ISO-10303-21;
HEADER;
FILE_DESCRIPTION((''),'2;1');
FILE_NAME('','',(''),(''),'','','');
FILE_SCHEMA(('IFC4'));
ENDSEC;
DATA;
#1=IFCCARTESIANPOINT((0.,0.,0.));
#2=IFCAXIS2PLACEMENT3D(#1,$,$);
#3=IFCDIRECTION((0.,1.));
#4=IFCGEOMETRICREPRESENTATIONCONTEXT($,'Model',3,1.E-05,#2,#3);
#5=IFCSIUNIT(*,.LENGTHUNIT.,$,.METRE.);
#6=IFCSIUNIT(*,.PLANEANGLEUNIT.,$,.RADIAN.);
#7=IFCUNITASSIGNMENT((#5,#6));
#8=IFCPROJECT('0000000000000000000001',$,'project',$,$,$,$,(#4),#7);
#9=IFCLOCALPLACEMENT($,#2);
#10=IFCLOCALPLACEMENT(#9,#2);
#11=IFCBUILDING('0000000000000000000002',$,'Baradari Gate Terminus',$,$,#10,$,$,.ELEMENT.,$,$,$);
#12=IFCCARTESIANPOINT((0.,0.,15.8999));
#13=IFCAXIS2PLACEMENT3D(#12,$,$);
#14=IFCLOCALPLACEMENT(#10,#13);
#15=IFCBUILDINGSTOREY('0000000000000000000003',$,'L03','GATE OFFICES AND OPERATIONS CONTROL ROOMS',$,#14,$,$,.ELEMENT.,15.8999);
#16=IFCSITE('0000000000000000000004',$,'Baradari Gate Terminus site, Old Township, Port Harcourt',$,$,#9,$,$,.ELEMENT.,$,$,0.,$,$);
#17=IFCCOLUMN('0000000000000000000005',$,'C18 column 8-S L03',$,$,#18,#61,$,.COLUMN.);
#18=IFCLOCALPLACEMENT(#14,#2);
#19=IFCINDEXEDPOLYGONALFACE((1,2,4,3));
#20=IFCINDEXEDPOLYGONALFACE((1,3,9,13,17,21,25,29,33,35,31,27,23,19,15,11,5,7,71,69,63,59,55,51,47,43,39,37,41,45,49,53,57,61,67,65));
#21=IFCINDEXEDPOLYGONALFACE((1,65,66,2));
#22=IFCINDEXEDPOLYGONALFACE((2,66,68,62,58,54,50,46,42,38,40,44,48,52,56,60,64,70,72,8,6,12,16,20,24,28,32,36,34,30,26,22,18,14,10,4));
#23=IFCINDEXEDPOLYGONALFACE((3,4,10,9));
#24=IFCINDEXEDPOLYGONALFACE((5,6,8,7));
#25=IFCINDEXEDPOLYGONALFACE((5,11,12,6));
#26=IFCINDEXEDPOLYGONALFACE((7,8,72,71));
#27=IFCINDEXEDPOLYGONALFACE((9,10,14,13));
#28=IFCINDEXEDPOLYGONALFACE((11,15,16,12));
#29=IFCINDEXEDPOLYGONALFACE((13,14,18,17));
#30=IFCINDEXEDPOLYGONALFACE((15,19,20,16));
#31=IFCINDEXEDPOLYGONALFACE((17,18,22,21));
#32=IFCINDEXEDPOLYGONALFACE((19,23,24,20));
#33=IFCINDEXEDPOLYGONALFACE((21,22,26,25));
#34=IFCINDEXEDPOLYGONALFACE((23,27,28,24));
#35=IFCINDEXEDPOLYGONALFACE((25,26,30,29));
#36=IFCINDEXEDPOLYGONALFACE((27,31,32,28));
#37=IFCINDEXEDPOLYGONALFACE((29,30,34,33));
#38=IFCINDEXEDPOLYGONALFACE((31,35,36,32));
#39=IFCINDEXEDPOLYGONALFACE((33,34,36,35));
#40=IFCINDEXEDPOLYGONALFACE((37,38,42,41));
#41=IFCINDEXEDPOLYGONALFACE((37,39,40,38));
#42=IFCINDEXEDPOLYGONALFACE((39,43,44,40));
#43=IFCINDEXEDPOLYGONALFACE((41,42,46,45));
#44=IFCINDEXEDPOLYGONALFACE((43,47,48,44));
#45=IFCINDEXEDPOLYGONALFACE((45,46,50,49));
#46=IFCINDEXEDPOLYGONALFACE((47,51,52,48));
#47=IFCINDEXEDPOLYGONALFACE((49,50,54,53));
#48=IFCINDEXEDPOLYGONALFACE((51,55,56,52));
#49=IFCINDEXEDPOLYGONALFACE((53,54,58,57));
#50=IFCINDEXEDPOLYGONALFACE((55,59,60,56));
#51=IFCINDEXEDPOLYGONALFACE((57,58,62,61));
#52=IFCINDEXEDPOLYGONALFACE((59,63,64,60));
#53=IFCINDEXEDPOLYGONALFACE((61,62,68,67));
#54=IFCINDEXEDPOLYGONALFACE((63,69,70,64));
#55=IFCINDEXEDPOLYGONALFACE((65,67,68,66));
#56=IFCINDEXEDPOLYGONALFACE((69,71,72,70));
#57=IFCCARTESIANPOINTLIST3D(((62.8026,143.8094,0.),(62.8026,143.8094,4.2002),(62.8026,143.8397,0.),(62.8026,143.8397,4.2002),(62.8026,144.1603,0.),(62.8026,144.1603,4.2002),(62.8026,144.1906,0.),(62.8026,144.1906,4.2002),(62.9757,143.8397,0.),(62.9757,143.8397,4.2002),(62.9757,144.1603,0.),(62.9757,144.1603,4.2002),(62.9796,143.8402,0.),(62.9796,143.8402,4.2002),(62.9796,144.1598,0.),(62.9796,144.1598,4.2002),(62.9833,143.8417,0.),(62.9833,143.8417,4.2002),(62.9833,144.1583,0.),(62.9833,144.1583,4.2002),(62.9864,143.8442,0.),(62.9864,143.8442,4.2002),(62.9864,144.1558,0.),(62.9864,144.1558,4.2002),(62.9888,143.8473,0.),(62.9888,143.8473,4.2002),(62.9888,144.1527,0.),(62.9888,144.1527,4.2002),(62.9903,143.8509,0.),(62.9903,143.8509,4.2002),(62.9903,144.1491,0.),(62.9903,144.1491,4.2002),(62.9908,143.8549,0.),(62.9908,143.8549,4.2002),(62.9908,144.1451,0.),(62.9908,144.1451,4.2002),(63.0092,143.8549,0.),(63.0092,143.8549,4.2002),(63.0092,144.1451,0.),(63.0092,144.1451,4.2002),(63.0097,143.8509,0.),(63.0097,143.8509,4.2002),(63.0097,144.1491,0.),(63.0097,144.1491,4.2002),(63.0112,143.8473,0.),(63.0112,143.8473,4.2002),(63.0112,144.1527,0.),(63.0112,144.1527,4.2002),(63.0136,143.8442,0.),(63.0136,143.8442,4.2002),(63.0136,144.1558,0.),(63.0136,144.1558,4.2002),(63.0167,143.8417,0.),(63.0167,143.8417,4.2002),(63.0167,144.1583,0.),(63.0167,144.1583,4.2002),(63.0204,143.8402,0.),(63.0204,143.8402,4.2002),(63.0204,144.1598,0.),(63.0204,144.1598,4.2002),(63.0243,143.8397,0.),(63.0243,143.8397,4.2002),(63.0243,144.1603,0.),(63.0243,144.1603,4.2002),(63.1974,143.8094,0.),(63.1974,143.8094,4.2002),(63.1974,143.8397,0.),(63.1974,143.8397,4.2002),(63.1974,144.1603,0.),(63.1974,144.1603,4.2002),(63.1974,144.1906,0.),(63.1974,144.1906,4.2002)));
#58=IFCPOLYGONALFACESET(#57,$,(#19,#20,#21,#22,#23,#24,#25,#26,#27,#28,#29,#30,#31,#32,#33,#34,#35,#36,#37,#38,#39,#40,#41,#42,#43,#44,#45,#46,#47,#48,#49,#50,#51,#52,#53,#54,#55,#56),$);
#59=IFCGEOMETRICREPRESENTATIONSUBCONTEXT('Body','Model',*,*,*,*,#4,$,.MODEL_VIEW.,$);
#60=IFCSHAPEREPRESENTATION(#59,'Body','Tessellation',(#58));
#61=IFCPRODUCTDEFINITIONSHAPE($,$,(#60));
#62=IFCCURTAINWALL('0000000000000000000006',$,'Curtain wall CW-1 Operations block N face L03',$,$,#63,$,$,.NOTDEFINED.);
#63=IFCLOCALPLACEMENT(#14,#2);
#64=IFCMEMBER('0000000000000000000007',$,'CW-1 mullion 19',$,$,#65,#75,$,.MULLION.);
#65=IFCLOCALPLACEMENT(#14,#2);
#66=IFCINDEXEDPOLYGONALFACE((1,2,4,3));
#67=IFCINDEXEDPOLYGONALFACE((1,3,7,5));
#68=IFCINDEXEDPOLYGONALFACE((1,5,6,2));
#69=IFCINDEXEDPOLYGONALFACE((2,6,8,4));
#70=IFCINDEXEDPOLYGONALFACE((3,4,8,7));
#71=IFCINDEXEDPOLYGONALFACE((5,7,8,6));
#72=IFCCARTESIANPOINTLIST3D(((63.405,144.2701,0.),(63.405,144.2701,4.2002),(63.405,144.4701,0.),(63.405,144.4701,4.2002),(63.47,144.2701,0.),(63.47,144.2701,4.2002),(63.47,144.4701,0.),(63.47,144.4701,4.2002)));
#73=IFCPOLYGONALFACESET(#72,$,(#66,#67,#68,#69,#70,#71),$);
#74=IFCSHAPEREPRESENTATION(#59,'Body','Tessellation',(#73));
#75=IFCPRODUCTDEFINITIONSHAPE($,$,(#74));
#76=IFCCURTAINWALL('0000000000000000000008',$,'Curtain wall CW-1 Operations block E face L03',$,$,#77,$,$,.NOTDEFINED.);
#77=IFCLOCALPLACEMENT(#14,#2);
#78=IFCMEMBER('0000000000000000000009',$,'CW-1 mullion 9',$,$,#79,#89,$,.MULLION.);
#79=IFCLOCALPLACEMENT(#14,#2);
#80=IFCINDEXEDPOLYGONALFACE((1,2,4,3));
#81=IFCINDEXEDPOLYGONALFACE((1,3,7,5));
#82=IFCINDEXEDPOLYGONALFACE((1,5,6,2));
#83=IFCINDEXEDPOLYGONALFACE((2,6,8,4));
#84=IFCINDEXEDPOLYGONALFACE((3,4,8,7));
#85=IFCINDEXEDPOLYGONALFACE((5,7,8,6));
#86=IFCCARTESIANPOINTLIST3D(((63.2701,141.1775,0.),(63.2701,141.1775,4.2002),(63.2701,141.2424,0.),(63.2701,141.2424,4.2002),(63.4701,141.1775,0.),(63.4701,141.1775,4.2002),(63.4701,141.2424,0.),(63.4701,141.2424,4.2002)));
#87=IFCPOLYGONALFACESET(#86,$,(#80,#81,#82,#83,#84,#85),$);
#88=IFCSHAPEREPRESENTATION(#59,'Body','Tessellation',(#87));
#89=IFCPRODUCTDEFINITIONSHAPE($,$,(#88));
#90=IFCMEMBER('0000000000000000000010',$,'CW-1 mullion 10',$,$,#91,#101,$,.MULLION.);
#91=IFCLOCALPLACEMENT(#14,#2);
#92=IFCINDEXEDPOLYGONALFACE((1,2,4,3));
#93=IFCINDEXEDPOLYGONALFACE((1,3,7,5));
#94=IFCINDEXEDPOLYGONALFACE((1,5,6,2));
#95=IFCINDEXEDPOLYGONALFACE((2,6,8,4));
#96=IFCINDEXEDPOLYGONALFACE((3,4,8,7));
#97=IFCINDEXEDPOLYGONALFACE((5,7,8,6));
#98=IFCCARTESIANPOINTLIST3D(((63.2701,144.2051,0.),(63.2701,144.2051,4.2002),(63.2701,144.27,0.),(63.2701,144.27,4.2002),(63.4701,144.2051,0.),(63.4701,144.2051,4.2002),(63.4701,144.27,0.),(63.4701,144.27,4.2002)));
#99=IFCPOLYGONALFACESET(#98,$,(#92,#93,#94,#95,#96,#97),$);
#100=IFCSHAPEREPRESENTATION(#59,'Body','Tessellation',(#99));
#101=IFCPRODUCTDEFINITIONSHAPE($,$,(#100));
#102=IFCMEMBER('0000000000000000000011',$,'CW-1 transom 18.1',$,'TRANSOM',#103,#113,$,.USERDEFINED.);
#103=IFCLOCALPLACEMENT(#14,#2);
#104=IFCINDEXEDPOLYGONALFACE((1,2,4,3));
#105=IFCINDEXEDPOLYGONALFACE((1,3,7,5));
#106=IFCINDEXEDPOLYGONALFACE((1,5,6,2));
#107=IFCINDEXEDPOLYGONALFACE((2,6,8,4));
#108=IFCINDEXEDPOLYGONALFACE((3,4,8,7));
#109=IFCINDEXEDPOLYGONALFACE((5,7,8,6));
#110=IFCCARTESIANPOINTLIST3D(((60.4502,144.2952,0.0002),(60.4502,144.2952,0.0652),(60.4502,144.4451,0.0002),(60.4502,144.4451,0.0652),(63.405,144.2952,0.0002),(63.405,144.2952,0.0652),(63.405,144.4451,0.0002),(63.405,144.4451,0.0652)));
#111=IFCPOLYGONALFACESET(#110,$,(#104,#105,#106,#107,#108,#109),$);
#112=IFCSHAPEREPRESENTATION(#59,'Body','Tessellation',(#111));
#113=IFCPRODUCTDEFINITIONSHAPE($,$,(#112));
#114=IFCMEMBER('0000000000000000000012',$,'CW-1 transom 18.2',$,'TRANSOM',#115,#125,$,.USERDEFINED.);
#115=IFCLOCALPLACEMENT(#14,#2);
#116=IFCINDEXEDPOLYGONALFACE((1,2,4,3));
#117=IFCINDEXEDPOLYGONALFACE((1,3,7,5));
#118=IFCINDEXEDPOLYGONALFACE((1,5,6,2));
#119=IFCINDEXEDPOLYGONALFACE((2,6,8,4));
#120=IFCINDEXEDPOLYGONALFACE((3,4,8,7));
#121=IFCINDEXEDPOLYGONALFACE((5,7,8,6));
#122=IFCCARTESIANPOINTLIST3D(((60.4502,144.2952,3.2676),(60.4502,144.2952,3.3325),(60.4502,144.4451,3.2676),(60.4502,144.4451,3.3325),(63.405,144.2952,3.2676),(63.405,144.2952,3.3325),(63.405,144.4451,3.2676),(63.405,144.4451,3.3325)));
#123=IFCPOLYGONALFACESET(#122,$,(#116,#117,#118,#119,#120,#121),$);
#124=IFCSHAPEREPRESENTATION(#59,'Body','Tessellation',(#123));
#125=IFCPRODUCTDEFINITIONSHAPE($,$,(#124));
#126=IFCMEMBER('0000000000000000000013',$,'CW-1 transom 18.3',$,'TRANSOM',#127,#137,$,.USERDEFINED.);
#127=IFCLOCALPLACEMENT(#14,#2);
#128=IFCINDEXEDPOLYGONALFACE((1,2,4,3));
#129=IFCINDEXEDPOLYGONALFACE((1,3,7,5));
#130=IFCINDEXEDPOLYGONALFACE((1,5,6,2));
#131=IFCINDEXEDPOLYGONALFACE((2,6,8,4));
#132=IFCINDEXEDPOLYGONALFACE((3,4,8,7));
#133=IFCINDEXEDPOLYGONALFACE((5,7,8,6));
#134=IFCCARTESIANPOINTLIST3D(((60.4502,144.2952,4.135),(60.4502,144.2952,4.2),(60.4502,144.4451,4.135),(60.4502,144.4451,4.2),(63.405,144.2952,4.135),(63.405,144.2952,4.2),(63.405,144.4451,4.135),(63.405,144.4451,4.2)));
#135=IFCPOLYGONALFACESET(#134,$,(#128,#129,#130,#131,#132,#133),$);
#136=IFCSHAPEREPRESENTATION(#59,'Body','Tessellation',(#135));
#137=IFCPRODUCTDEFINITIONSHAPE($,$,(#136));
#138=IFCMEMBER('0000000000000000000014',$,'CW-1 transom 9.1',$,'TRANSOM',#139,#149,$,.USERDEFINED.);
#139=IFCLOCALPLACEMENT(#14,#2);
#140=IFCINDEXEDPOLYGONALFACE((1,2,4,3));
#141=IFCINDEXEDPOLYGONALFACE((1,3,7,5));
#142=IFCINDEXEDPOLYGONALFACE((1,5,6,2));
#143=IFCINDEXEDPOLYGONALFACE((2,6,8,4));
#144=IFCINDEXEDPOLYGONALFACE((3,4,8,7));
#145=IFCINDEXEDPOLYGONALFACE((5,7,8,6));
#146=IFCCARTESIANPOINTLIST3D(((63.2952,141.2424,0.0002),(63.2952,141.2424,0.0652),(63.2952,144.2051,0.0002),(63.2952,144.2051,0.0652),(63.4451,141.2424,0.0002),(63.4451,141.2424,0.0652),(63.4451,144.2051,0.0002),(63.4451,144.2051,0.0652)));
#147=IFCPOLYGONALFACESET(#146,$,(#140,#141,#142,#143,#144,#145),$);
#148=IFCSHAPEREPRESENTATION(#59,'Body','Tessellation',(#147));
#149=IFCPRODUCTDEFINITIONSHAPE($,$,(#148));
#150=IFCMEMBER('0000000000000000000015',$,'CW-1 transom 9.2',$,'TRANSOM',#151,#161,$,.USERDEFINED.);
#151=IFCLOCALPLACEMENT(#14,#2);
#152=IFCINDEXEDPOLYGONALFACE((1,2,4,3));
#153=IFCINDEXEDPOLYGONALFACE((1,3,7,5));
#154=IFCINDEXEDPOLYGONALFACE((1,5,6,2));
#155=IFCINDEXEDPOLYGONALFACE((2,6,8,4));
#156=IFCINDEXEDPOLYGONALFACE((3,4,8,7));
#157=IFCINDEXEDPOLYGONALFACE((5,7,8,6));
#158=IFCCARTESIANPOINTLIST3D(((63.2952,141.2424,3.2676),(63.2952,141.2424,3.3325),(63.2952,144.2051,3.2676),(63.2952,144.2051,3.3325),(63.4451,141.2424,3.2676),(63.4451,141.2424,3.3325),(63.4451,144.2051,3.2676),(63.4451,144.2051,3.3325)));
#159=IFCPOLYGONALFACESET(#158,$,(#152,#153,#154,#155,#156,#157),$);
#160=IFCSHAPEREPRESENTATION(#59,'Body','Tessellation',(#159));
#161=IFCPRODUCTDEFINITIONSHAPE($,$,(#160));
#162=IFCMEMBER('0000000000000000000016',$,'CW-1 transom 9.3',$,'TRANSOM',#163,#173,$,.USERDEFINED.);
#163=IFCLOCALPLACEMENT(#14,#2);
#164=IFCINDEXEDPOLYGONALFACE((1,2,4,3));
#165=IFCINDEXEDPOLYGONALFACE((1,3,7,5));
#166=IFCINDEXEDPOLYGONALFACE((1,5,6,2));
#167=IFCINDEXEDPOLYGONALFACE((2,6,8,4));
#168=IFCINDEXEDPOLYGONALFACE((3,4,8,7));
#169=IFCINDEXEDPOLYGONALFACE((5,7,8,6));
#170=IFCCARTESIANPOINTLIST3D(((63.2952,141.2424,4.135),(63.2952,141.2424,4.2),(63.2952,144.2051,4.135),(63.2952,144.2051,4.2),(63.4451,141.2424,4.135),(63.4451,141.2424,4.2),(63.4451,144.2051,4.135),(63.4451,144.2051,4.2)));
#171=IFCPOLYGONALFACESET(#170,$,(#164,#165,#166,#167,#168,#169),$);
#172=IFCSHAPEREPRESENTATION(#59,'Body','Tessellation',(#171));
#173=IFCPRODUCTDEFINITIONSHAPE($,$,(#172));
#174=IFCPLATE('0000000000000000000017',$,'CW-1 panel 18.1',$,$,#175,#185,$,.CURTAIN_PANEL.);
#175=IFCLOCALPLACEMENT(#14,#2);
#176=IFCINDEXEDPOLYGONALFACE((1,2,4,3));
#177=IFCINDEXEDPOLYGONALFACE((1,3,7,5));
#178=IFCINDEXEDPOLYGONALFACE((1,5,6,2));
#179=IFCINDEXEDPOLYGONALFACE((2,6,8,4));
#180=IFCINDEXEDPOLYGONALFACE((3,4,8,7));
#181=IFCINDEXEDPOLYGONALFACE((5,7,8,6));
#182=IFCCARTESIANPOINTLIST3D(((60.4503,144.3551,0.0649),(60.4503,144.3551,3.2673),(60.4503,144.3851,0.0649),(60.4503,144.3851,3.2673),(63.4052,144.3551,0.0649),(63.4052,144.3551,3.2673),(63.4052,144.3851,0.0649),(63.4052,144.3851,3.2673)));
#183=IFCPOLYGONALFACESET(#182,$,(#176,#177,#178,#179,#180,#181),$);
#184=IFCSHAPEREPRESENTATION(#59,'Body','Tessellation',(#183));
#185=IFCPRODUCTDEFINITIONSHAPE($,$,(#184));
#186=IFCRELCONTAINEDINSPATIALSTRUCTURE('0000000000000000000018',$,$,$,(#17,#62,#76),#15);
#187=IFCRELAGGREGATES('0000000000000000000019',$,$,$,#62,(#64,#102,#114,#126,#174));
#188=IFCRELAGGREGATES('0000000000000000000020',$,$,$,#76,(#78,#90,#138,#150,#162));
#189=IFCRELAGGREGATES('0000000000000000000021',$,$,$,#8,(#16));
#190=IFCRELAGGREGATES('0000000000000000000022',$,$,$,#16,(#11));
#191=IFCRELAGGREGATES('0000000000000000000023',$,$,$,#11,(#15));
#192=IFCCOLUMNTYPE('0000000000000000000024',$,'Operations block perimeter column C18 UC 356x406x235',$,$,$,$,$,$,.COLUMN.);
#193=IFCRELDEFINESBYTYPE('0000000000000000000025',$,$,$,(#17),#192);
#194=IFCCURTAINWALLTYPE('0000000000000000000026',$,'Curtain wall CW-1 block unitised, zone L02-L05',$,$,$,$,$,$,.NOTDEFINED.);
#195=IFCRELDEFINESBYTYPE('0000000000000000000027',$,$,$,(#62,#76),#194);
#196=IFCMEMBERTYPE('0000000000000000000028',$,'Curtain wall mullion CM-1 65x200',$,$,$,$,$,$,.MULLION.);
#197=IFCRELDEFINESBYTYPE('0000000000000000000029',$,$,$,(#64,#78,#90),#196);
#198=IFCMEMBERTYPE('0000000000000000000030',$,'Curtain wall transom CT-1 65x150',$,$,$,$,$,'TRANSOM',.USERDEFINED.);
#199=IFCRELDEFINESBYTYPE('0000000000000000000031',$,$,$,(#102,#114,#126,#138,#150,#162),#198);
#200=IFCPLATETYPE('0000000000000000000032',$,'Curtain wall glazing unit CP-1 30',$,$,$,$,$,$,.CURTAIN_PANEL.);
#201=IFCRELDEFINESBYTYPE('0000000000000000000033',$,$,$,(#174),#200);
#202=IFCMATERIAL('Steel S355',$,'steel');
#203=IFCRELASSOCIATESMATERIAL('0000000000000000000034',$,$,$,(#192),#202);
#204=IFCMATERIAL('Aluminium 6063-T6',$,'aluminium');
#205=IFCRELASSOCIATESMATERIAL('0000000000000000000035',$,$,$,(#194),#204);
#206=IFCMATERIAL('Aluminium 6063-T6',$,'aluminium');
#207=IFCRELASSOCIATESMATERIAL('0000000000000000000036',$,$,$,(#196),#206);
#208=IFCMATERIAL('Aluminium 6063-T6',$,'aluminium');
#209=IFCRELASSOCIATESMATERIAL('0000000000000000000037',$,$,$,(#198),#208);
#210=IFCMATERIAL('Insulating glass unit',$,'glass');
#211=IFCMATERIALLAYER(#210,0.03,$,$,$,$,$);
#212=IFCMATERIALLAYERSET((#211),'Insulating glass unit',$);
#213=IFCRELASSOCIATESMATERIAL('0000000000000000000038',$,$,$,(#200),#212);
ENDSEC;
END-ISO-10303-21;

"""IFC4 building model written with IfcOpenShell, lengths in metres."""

from ifc_helpers import new_model, si_unit, direction, frame, origin, origin_2d, place, context, subcontext, project, spatial, rectangle, i_section, extrude, material, layer, layer_set, material_profile, profile_set, type_object, element, aggregate, save


model = new_model("IFC4")

# Units and contexts
model_context = context("Model", 3, precision=1e-05, world=origin(), true_north=direction((0.0, 1.0)))
body_context = subcontext(model_context, "Body", "Model", "MODEL_VIEW")
ifc_project = project(units=[si_unit("LENGTHUNIT", "METRE"), si_unit("PLANEANGLEUNIT", "RADIAN")], contexts=[model_context])

# Site, building, storey
site_placement = place(None, origin())
site = spatial("IfcSite", under=ifc_project, at=site_placement, Name="Baradari Gate Terminus site, Old Township, Port Harcourt", CompositionType="ELEMENT", RefElevation=0.0)
building_placement = place(site_placement, origin())
building = spatial("IfcBuilding", under=site, at=building_placement, Name="Baradari Gate Terminus", CompositionType="ELEMENT")
storey_placement = place(building_placement, frame((0.0, 0.0, 15.8999)))
storey = spatial("IfcBuildingStorey", under=building, at=storey_placement, Name="L03", Description="GATE OFFICES AND OPERATIONS CONTROL ROOMS", CompositionType="ELEMENT", Elevation=15.8999)

# Column
ifc_material_1 = material(Name="Steel S355", Category="steel")
ifc_material_profile_1 = material_profile(ifc_material_1, i_section(OverallWidth=0.3948, OverallDepth=0.3811, WebThickness=0.0183, FlangeThickness=0.0303, FilletRadius=0.0151, at=origin_2d()), Name="UC 356x406x235")
ifc_profile_set_1 = profile_set([ifc_material_profile_1], Name="Steel S355")
column_type = type_object("IfcColumnType", Name="Operations block perimeter column C18 UC 356x406x235", PredefinedType="COLUMN", material=ifc_profile_set_1)
column_placement = place(storey_placement, frame((63.0, 144.0, 0.0), z_axis=(0.0, 0.0, 1.0), x_axis=(1.0, 0.0, 0.0)))
element("IfcColumn", 1, at=column_placement, inside=storey, type_object=column_type, Name="C18 column 8-S L03", PredefinedType="COLUMN", context=body_context, shape_type="SweptSolid", body=[
    extrude(i_section(OverallWidth=0.3948, OverallDepth=0.3811, WebThickness=0.0183, FlangeThickness=0.0303, FilletRadius=0.0151, at=origin_2d()), origin(), (0.0, 0.0, 1.0), 4.2002),
])

# Curtain wall, member
ifc_material_2 = material(Name="Aluminium 6063-T6", Category="aluminium")
curtain_wall_type = type_object("IfcCurtainWallType", Name="Curtain wall CW-1 block unitised, zone L02-L05", PredefinedType="NOTDEFINED", material=ifc_material_2)
curtain_wall_1_placement = place(storey_placement, origin())
curtain_wall_1 = element("IfcCurtainWall", 2, at=curtain_wall_1_placement, inside=storey, type_object=curtain_wall_type, Name="Curtain wall CW-1 Operations block N face L03", PredefinedType="NOTDEFINED")
ifc_material_3 = material(Name="Aluminium 6063-T6", Category="aluminium")
ifc_material_profile_2 = material_profile(ifc_material_3, rectangle(XDim=0.2, YDim=0.0649, at=origin_2d()), Name="CM-1 65X200")
ifc_profile_set_2 = profile_set([ifc_material_profile_2], Name="Aluminium 6063-T6")
member_type_1 = type_object("IfcMemberType", Name="Curtain wall mullion CM-1 65x200", PredefinedType="MULLION", material=ifc_profile_set_2)
member_1_placement = place(storey_placement, frame((63.4375, 144.3701, 0.0), z_axis=(0.0, 0.0, 1.0), x_axis=(0.0, 1.0, 0.0)))
member_1 = element("IfcMember", 3, at=member_1_placement, type_object=member_type_1, Name="CW-1 mullion 19", PredefinedType="MULLION", context=body_context, shape_type="SweptSolid", body=[
    extrude(rectangle(XDim=0.2, YDim=0.0649, at=origin_2d()), origin(), (0.0, 0.0, 1.0), 4.2002),
])

# Curtain wall, members
curtain_wall_2_placement = place(storey_placement, origin())
curtain_wall_2 = element("IfcCurtainWall", 4, at=curtain_wall_2_placement, inside=storey, type_object=curtain_wall_type, Name="Curtain wall CW-1 Operations block E face L03", PredefinedType="NOTDEFINED")
member_2_placement = place(storey_placement, frame((63.3701, 141.21, 0.0), z_axis=(0.0, 0.0, 1.0), x_axis=(-1.0, 0.0, 0.0)))
member_2 = element("IfcMember", 5, at=member_2_placement, type_object=member_type_1, Name="CW-1 mullion 9", PredefinedType="MULLION", context=body_context, shape_type="SweptSolid", body=[
    extrude(rectangle(XDim=0.2, YDim=0.0649, at=origin_2d()), origin(), (0.0, 0.0, 1.0), 4.2002),
])
member_3_placement = place(storey_placement, frame((63.3701, 144.2375, 0.0), z_axis=(0.0, 0.0, 1.0), x_axis=(-1.0, 0.0, 0.0)))
member_3 = element("IfcMember", 6, at=member_3_placement, type_object=member_type_1, Name="CW-1 mullion 10", PredefinedType="MULLION", context=body_context, shape_type="SweptSolid", body=[
    extrude(rectangle(XDim=0.2, YDim=0.0649, at=origin_2d()), origin(), (0.0, 0.0, 1.0), 4.2002),
])

# Members
ifc_material_4 = material(Name="Aluminium 6063-T6", Category="aluminium")
ifc_material_profile_3 = material_profile(ifc_material_4, rectangle(XDim=0.1499, YDim=0.0649, at=origin_2d()), Name="CT-1 65X150")
ifc_profile_set_3 = profile_set([ifc_material_profile_3], Name="Aluminium 6063-T6")
member_type_2 = type_object("IfcMemberType", Name="Curtain wall transom CT-1 65x150", ElementType="TRANSOM", PredefinedType="USERDEFINED", material=ifc_profile_set_3)
member_4_placement = place(storey_placement, frame((60.4502, 144.3701, 0.0327), z_axis=(1.0, 0.0, 0.0), x_axis=(0.0, 1.0, 0.0)))
member_4 = element("IfcMember", 7, at=member_4_placement, type_object=member_type_2, Name="CW-1 transom 18.1", ObjectType="TRANSOM", PredefinedType="USERDEFINED", context=body_context, shape_type="SweptSolid", body=[
    extrude(rectangle(XDim=0.1499, YDim=0.0649, at=origin_2d()), origin(), (0.0, 0.0, 1.0), 2.9548),
])
member_5_placement = place(storey_placement, frame((60.4502, 144.3701, 3.3), z_axis=(1.0, 0.0, 0.0), x_axis=(0.0, 1.0, 0.0)))
member_5 = element("IfcMember", 8, at=member_5_placement, type_object=member_type_2, Name="CW-1 transom 18.2", ObjectType="TRANSOM", PredefinedType="USERDEFINED", context=body_context, shape_type="SweptSolid", body=[
    extrude(rectangle(XDim=0.1499, YDim=0.0649, at=origin_2d()), origin(), (0.0, 0.0, 1.0), 2.9548),
])
member_6_placement = place(storey_placement, frame((60.4502, 144.3701, 4.1675), z_axis=(1.0, 0.0, 0.0), x_axis=(0.0, 1.0, 0.0)))
member_6 = element("IfcMember", 9, at=member_6_placement, type_object=member_type_2, Name="CW-1 transom 18.3", ObjectType="TRANSOM", PredefinedType="USERDEFINED", context=body_context, shape_type="SweptSolid", body=[
    extrude(rectangle(XDim=0.1499, YDim=0.0649, at=origin_2d()), origin(), (0.0, 0.0, 1.0), 2.9548),
])
member_7_placement = place(storey_placement, frame((63.3701, 141.2424, 0.0327), z_axis=(0.0, 1.0, 0.0), x_axis=(-1.0, 0.0, 0.0)))
member_7 = element("IfcMember", 10, at=member_7_placement, type_object=member_type_2, Name="CW-1 transom 9.1", ObjectType="TRANSOM", PredefinedType="USERDEFINED", context=body_context, shape_type="SweptSolid", body=[
    extrude(rectangle(XDim=0.1499, YDim=0.0649, at=origin_2d()), origin(), (0.0, 0.0, 1.0), 2.9626),
])
member_8_placement = place(storey_placement, frame((63.3701, 141.2424, 3.3), z_axis=(0.0, 1.0, 0.0), x_axis=(-1.0, 0.0, 0.0)))
member_8 = element("IfcMember", 11, at=member_8_placement, type_object=member_type_2, Name="CW-1 transom 9.2", ObjectType="TRANSOM", PredefinedType="USERDEFINED", context=body_context, shape_type="SweptSolid", body=[
    extrude(rectangle(XDim=0.1499, YDim=0.0649, at=origin_2d()), origin(), (0.0, 0.0, 1.0), 2.9626),
])
member_9_placement = place(storey_placement, frame((63.3701, 141.2424, 4.1675), z_axis=(0.0, 1.0, 0.0), x_axis=(-1.0, 0.0, 0.0)))
member_9 = element("IfcMember", 12, at=member_9_placement, type_object=member_type_2, Name="CW-1 transom 9.3", ObjectType="TRANSOM", PredefinedType="USERDEFINED", context=body_context, shape_type="SweptSolid", body=[
    extrude(rectangle(XDim=0.1499, YDim=0.0649, at=origin_2d()), origin(), (0.0, 0.0, 1.0), 2.9626),
])

# Plate
ifc_material_5 = material(Name="Insulating glass unit", Category="glass")
ifc_layer_1 = layer(ifc_material_5, 0.03)
ifc_layer_set_1 = layer_set([ifc_layer_1], Name="Insulating glass unit")
plate_type_1 = type_object("IfcPlateType", Name="Curtain wall glazing unit CP-1 30", PredefinedType="CURTAIN_PANEL", material=ifc_layer_set_1)
plate_1_placement = place(storey_placement, frame((61.9277, 144.3701, 0.0649), z_axis=(0.0, 0.0, 1.0), x_axis=(1.0, 0.0, 0.0)))
plate_1 = element("IfcPlate", 13, at=plate_1_placement, type_object=plate_type_1, Name="CW-1 panel 18.1", PredefinedType="CURTAIN_PANEL", context=body_context, shape_type="SweptSolid", body=[
    extrude(rectangle(XDim=2.9548, YDim=0.03, at=origin_2d()), origin(), (0.0, 0.0, 1.0), 3.2024),
])
aggregate(curtain_wall_1, [member_1, member_4, member_5, member_6, plate_1])
aggregate(curtain_wall_2, [member_2, member_3, member_7, member_8, member_9])

save(model, "model.ifc")
